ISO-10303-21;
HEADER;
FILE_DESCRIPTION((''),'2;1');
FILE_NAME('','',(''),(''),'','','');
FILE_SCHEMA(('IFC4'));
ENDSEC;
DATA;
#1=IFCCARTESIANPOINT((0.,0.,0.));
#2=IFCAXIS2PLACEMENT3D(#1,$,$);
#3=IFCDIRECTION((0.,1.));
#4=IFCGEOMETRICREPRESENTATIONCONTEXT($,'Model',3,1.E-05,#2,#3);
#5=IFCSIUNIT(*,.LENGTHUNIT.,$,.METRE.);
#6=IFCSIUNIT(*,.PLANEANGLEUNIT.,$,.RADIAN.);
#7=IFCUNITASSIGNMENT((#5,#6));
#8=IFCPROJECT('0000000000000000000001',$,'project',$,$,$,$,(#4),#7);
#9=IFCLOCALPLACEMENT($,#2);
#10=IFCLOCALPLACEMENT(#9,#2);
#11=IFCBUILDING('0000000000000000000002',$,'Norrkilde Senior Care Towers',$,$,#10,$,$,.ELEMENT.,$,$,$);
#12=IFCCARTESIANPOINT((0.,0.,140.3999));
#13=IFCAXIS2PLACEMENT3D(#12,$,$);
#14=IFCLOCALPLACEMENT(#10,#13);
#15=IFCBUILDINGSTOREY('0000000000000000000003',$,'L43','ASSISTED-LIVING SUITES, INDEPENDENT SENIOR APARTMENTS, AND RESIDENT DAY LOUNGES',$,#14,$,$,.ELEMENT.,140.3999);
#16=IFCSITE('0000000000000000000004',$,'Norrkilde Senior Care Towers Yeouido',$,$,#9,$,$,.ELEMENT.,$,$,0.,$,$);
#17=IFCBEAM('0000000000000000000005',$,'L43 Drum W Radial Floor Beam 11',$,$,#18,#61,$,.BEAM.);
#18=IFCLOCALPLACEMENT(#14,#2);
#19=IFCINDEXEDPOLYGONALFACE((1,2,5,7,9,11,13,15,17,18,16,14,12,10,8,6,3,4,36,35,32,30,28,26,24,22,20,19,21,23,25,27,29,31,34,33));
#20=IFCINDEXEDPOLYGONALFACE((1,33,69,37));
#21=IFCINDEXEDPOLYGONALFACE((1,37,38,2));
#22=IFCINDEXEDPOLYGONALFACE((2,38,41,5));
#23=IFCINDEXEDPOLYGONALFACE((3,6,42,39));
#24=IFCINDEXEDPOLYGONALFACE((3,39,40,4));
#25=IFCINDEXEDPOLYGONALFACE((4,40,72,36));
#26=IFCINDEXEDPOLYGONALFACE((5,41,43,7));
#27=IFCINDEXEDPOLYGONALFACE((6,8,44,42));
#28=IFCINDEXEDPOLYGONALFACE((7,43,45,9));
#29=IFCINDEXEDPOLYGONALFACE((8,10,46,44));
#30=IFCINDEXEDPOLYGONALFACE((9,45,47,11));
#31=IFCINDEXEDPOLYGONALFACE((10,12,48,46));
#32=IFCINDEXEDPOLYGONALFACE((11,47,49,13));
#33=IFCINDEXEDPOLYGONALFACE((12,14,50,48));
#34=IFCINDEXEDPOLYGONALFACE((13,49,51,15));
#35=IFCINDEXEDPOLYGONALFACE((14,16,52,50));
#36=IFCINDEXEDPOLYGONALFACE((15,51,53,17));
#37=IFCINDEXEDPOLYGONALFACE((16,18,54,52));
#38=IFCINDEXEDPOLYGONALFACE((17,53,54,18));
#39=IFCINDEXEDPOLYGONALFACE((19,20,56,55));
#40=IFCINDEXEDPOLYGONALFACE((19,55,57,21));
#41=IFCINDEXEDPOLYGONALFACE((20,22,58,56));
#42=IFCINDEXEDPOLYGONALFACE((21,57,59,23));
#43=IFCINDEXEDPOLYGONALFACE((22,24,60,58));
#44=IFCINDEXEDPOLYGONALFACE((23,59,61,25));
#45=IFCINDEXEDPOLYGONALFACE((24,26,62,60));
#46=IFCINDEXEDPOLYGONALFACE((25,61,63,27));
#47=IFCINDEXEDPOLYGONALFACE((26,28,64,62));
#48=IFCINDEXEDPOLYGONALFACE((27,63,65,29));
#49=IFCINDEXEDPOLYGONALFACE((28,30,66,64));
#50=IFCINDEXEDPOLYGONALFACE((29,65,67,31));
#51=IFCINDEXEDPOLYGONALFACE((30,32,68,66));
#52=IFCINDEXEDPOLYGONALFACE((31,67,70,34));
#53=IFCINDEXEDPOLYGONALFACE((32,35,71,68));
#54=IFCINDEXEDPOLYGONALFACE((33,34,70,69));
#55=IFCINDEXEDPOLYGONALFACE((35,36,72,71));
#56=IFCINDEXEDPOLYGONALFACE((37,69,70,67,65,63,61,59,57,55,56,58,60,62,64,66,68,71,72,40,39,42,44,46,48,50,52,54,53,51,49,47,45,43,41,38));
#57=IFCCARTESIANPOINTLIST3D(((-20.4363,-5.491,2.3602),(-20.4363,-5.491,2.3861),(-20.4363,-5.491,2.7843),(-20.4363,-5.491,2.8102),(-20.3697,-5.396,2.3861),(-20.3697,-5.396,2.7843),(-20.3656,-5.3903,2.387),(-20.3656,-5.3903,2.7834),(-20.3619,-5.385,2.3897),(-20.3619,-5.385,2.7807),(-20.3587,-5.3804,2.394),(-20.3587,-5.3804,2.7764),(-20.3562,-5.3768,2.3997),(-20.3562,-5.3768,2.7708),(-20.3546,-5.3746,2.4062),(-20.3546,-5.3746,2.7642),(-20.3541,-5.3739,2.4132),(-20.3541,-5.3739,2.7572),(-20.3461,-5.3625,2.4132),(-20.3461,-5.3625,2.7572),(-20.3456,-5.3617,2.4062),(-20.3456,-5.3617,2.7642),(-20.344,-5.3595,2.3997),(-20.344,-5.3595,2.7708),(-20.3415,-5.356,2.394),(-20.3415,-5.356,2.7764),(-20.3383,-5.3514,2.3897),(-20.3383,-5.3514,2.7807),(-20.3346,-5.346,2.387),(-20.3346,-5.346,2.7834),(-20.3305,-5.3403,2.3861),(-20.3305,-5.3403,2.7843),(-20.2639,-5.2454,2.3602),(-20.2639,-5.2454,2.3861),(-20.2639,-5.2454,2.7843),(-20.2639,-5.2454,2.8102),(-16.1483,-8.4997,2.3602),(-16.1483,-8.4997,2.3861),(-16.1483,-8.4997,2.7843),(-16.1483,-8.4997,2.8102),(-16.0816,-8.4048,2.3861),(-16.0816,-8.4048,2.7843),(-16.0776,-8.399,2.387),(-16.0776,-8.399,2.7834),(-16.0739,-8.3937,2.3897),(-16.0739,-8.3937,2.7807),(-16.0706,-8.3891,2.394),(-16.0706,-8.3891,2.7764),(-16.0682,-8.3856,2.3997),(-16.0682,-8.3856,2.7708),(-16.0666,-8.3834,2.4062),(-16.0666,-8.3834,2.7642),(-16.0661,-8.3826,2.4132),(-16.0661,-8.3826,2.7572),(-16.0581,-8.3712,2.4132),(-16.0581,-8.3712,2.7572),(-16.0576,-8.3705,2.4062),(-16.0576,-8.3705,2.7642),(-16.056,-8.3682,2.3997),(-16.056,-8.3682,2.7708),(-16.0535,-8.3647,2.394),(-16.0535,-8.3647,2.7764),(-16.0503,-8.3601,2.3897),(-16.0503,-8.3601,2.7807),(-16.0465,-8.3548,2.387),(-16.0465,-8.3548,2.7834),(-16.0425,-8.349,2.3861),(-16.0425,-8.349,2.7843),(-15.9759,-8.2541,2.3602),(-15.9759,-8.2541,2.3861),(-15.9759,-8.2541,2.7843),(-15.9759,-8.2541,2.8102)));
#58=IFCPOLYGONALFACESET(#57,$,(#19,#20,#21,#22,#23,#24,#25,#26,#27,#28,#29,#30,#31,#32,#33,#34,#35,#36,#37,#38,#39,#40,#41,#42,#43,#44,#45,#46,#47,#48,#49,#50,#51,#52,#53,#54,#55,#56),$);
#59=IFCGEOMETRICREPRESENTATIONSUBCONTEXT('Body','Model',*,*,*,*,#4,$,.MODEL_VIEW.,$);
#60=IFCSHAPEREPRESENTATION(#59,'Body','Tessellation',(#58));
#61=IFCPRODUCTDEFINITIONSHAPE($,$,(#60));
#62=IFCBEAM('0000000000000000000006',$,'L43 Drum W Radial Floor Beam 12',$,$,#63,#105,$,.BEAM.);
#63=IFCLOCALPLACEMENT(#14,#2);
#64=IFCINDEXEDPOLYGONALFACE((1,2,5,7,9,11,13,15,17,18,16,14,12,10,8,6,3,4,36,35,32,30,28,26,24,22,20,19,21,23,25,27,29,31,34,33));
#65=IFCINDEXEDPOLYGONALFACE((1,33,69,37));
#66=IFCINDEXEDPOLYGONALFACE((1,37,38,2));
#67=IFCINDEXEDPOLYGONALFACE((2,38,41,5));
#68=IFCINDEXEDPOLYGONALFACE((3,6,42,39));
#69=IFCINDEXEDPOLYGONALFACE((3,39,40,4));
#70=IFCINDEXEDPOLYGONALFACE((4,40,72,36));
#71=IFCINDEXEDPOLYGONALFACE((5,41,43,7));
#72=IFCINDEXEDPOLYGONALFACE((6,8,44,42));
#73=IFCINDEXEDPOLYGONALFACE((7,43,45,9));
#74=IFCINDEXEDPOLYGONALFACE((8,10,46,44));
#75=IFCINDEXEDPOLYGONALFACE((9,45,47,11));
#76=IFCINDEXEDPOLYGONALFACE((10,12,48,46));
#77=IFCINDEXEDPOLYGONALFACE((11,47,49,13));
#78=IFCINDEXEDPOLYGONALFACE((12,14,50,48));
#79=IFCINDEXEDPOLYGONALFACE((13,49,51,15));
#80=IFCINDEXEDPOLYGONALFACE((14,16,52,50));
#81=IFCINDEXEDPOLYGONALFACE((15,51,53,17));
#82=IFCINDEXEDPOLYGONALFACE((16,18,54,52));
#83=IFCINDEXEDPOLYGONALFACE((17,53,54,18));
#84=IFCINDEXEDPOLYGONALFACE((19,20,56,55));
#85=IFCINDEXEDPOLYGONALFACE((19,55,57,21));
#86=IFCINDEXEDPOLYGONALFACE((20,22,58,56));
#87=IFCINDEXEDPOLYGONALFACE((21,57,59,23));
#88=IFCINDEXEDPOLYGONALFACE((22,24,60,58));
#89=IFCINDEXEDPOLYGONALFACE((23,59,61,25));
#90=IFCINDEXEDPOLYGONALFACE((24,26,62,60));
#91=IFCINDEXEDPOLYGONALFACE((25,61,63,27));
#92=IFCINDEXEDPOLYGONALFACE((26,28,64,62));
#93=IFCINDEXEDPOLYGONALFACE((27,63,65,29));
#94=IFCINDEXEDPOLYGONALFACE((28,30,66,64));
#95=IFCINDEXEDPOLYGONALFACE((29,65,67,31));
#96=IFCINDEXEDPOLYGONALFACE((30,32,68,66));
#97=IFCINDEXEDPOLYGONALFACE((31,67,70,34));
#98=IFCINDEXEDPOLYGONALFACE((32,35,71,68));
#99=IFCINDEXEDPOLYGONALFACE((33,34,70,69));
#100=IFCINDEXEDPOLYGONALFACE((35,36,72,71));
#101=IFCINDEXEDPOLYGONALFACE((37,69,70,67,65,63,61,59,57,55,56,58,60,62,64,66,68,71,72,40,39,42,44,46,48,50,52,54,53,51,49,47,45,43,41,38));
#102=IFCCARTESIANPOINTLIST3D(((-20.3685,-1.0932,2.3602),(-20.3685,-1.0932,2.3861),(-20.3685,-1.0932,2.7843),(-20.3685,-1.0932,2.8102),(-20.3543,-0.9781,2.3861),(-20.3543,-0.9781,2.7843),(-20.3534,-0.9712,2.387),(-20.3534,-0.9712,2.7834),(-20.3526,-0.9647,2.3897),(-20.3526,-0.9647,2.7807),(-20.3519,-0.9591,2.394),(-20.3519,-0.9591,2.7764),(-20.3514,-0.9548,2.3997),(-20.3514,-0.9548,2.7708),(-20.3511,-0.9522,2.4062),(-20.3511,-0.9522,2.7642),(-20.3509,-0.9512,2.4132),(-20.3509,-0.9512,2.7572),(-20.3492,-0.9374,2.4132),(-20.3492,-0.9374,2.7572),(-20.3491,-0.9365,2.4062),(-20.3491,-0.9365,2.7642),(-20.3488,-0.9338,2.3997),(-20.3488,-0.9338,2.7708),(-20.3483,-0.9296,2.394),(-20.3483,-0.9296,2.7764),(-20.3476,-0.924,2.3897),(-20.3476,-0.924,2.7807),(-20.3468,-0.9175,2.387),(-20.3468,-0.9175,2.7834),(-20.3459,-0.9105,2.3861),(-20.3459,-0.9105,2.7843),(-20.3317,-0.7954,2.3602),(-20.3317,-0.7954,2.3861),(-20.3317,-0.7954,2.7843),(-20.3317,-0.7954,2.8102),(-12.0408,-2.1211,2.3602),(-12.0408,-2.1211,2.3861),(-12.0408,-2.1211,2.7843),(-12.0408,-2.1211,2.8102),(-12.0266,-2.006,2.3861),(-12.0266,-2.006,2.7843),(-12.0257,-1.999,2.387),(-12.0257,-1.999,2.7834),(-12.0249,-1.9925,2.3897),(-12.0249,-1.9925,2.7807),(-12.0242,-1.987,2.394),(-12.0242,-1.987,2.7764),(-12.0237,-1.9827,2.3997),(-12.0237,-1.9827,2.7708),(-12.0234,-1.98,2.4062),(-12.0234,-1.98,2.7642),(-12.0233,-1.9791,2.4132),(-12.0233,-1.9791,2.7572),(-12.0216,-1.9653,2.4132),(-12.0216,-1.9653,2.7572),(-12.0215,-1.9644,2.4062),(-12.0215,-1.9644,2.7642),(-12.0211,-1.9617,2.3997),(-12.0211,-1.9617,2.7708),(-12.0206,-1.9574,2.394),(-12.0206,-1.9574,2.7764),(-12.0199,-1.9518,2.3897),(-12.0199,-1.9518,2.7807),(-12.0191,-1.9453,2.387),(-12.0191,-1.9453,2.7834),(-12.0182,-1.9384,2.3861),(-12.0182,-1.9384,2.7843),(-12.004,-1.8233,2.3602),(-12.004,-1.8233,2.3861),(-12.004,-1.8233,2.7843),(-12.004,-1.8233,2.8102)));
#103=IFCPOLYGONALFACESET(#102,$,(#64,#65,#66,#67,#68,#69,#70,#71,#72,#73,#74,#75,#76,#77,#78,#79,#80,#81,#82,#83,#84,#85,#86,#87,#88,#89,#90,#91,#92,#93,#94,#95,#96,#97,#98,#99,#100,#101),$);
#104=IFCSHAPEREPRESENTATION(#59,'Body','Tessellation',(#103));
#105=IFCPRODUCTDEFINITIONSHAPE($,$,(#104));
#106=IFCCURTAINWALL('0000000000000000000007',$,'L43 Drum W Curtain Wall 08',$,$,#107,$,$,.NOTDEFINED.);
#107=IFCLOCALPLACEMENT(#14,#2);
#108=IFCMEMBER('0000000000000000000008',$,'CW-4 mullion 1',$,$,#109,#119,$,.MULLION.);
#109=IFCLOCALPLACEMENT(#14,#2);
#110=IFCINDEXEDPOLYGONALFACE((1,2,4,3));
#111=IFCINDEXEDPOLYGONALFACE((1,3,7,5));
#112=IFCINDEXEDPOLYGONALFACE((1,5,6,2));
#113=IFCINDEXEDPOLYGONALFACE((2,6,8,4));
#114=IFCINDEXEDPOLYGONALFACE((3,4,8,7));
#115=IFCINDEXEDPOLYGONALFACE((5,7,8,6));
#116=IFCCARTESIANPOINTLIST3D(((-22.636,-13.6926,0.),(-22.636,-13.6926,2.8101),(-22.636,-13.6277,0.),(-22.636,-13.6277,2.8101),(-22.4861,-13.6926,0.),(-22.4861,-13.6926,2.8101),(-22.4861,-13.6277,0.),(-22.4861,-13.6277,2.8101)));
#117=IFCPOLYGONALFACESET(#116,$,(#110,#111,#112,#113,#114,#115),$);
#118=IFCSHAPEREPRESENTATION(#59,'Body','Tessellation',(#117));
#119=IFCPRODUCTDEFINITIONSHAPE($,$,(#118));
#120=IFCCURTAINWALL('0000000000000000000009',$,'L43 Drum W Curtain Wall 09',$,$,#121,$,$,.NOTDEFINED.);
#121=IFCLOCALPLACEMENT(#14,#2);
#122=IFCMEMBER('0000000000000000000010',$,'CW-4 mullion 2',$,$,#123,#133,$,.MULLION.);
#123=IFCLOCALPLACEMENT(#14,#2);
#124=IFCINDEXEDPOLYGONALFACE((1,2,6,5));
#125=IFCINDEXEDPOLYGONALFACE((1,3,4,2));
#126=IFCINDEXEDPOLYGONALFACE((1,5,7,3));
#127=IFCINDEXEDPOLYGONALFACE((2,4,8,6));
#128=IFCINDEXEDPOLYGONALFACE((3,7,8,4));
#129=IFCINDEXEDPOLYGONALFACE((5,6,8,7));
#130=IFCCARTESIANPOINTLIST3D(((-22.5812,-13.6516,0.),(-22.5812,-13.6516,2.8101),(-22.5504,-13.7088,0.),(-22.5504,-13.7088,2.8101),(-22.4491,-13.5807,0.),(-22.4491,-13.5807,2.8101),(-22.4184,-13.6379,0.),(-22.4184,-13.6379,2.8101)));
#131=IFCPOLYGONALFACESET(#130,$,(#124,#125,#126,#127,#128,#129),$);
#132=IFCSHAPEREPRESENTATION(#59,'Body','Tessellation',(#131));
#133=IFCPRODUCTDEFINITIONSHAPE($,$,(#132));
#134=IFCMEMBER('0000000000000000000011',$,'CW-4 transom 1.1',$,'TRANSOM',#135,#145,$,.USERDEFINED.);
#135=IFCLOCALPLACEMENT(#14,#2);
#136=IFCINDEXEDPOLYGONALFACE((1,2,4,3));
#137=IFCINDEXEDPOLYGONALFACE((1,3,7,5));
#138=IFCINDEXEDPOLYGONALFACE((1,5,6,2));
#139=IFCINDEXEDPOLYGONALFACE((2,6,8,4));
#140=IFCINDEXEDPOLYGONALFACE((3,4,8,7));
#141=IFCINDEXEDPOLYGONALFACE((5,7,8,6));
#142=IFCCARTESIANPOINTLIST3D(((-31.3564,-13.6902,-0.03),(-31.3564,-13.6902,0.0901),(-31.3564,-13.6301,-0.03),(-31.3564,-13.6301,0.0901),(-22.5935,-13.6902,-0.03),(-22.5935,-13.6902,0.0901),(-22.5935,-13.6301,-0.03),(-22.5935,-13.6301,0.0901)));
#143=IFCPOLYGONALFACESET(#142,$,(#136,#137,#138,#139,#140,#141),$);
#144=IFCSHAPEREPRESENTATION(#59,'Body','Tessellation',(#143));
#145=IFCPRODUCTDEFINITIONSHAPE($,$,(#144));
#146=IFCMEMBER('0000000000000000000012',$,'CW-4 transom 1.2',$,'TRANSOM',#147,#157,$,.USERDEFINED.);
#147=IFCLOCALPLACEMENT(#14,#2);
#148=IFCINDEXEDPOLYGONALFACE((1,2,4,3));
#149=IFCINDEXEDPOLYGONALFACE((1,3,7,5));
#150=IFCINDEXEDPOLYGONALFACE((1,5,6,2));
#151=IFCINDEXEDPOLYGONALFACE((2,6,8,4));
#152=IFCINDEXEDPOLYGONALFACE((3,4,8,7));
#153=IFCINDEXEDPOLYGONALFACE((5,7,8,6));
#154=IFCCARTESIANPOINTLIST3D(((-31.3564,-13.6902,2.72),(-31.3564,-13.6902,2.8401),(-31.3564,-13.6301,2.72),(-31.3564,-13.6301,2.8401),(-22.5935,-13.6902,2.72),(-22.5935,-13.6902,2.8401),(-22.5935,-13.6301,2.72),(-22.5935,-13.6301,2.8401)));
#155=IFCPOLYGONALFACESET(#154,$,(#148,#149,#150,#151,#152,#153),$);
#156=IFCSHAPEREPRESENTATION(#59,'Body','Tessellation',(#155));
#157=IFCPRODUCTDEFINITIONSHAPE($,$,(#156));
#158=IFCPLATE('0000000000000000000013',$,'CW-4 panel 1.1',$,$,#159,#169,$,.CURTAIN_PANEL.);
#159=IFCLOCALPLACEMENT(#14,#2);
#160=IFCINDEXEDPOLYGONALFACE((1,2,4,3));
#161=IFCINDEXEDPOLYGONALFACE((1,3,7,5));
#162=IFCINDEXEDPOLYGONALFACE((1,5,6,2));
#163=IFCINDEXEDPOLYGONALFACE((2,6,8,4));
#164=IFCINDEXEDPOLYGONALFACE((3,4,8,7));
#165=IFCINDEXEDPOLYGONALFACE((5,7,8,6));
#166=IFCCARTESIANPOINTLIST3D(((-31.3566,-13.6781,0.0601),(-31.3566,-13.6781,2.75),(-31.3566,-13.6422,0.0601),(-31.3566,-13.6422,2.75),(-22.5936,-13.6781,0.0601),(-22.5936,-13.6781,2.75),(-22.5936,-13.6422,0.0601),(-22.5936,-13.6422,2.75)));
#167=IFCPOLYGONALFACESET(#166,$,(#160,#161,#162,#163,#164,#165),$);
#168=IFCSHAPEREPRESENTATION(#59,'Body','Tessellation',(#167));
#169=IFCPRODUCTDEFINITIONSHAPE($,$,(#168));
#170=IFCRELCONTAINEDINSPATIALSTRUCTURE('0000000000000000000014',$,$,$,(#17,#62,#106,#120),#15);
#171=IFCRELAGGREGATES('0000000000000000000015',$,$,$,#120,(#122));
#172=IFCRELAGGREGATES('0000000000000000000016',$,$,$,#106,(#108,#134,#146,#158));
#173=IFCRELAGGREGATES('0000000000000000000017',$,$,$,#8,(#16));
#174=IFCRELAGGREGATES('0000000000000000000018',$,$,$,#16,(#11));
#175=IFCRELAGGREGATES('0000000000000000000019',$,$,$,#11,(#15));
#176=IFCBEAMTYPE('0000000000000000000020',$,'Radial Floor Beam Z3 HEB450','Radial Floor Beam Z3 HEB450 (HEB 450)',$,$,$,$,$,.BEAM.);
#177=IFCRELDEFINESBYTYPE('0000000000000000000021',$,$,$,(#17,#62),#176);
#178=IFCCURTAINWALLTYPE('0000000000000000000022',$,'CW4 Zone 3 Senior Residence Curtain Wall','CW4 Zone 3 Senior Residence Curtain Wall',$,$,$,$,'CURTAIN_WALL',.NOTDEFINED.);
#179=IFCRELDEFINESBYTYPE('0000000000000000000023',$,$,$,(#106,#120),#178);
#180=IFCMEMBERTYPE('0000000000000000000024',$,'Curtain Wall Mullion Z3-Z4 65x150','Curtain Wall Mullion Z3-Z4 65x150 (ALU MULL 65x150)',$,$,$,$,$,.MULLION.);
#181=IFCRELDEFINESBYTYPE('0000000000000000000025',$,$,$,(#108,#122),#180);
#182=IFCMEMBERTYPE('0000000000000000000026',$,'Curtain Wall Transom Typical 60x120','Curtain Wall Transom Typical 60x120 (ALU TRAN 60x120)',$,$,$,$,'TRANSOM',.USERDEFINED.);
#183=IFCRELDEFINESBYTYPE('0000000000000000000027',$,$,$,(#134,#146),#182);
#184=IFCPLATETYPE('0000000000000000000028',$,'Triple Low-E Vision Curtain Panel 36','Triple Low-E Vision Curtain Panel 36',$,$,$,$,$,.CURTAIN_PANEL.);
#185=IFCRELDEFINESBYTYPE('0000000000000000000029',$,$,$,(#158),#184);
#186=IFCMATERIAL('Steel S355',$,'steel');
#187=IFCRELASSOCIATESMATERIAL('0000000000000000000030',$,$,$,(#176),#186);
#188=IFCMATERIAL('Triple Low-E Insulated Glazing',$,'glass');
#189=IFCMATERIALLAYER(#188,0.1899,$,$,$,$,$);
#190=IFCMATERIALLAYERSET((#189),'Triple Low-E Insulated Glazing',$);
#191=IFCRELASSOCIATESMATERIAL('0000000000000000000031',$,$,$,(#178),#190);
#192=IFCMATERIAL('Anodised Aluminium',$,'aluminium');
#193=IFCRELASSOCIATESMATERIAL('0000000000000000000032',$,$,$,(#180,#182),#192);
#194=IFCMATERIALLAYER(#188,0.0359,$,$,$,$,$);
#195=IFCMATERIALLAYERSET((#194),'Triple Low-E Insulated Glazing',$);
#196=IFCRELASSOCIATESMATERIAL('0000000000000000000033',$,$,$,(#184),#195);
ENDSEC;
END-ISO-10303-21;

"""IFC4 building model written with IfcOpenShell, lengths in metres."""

from ifc_helpers import new_model, si_unit, direction, frame, origin, origin_2d, place, context, subcontext, project, spatial, rectangle, i_section, extrude, source, transform, mapped, material, layer, layer_set, material_profile, profile_set, type_object, type_shapes, element, aggregate, save


model = new_model("IFC4")

# Units and contexts
model_context = context("Model", 3, precision=1e-05, world=origin(), true_north=direction((0.0, 1.0)))
body_context = subcontext(model_context, "Body", "Model", "MODEL_VIEW")
ifc_project = project(units=[si_unit("LENGTHUNIT", "METRE"), si_unit("PLANEANGLEUNIT", "RADIAN")], contexts=[model_context])

# Site, building, storey
site_placement = place(None, origin())
site = spatial("IfcSite", under=ifc_project, at=site_placement, Name="Norrkilde Senior Care Towers Yeouido", CompositionType="ELEMENT", RefElevation=0.0)
building_placement = place(site_placement, origin())
building = spatial("IfcBuilding", under=site, at=building_placement, Name="Norrkilde Senior Care Towers", CompositionType="ELEMENT")
storey_placement = place(building_placement, frame((0.0, 0.0, 140.3999)))
storey = spatial("IfcBuildingStorey", under=building, at=storey_placement, Name="L43", Description="ASSISTED-LIVING SUITES, INDEPENDENT SENIOR APARTMENTS, AND RESIDENT DAY LOUNGES", CompositionType="ELEMENT", Elevation=140.3999)

# Beams
ifc_material_1 = material(Name="Steel S355", Category="steel")
ifc_material_profile_1 = material_profile(ifc_material_1, i_section(OverallWidth=0.3, OverallDepth=0.45, WebThickness=0.0139, FlangeThickness=0.0259, FilletRadius=0.0271, at=origin_2d()), Name="HEB 450")
ifc_profile_set_1 = profile_set([ifc_material_profile_1], Name="Steel S355")
beam_type_1 = type_object("IfcBeamType", Name="Radial Floor Beam Z3 HEB450", Description="Radial Floor Beam Z3 HEB450 (HEB 450)", PredefinedType="BEAM", material=ifc_profile_set_1)
shared_shape_1 = source(origin(), body_context, "Body", "SweptSolid", [
    extrude(i_section(OverallWidth=0.3, OverallDepth=0.45, WebThickness=0.0139, FlangeThickness=0.0259, FilletRadius=0.0271, at=origin_2d()), origin(), (0.0, 0.0, 1.0), 5.2383),
])
beam_1_placement = place(storey_placement, frame((-20.3501, -5.3682, 2.5852), z_axis=(0.818592, -0.574375, 0.0), x_axis=(0.574375, 0.818592, 0.0)))
element("IfcBeam", 1, at=beam_1_placement, inside=storey, type_object=beam_type_1, Name="L43 Drum W Radial Floor Beam 11", PredefinedType="BEAM", context=body_context, shape_type="MappedRepresentation", body=[
    mapped(shared_shape_1, transform((0.0, 0.0, 0.0), x_axis=(1.0, 0.0, 0.0), y_axis=(0.0, 1.0, 0.0), z_axis=(0.0, 0.0, 1.0), scale=1.0)),
])
shared_shape_2 = source(origin(), body_context, "Body", "SweptSolid", [
    extrude(i_section(OverallWidth=0.3, OverallDepth=0.45, WebThickness=0.0139, FlangeThickness=0.0259, FilletRadius=0.0271, at=origin_2d()), origin(), (0.0, 0.0, 1.0), 8.3909),
])
beam_2_placement = place(storey_placement, frame((-20.3501, -0.9443, 2.5852), z_axis=(0.992469, -0.122495, 0.0), x_axis=(0.122495, 0.992469, 0.0)))
element("IfcBeam", 2, at=beam_2_placement, inside=storey, type_object=beam_type_1, Name="L43 Drum W Radial Floor Beam 12", PredefinedType="BEAM", context=body_context, shape_type="MappedRepresentation", body=[
    mapped(shared_shape_2, transform((0.0, 0.0, 0.0), x_axis=(1.0, 0.0, 0.0), y_axis=(0.0, 1.0, 0.0), z_axis=(0.0, 0.0, 1.0), scale=1.0)),
])

# Curtain walls, members
ifc_material_2 = material(Name="Triple Low-E Insulated Glazing", Category="glass")
ifc_layer_1 = layer(ifc_material_2, 0.1899)
ifc_layer_set_1 = layer_set([ifc_layer_1], Name="Triple Low-E Insulated Glazing")
curtain_wall_type = type_object("IfcCurtainWallType", Name="CW4 Zone 3 Senior Residence Curtain Wall", Description="CW4 Zone 3 Senior Residence Curtain Wall", ElementType="CURTAIN_WALL", PredefinedType="NOTDEFINED", material=ifc_layer_set_1)
curtain_wall_1_placement = place(storey_placement, origin())
curtain_wall_1 = element("IfcCurtainWall", 3, at=curtain_wall_1_placement, inside=storey, type_object=curtain_wall_type, Name="L43 Drum W Curtain Wall 08", PredefinedType="NOTDEFINED")
ifc_material_3 = material(Name="Anodised Aluminium", Category="aluminium")
ifc_material_profile_2 = material_profile(ifc_material_3, rectangle(XDim=0.0649, YDim=0.1499, at=origin_2d()), Name="ALU MULL 65x150")
ifc_profile_set_2 = profile_set([ifc_material_profile_2], Name="Anodised Aluminium")
member_type_1 = type_object("IfcMemberType", Name="Curtain Wall Mullion Z3-Z4 65x150", Description="Curtain Wall Mullion Z3-Z4 65x150 (ALU MULL 65x150)", PredefinedType="MULLION", material=ifc_profile_set_2)
shared_shape_3 = source(origin(), body_context, "Body", "SweptSolid", [
    extrude(rectangle(XDim=0.0649, YDim=0.1499, at=origin_2d()), origin(), (0.0, 0.0, 1.0), 2.8101),
])
type_shapes(member_type_1, [shared_shape_3])
member_1_placement = place(storey_placement, frame((-22.561, -13.6602, 0.0), z_axis=(0.0, 0.0, 1.0), x_axis=(0.0, -1.0, 0.0)))
member_1 = element("IfcMember", 4, at=member_1_placement, type_object=member_type_1, Name="CW-4 mullion 1", PredefinedType="MULLION", context=body_context, shape_type="MappedRepresentation", body=[
    mapped(shared_shape_3, transform((0.0, 0.0, 0.0), x_axis=(1.0, 0.0, 0.0), y_axis=(0.0, 1.0, 0.0), z_axis=(0.0, 0.0, 1.0), scale=1.0)),
])
curtain_wall_2_placement = place(storey_placement, origin())
curtain_wall_2 = element("IfcCurtainWall", 5, at=curtain_wall_2_placement, inside=storey, type_object=curtain_wall_type, Name="L43 Drum W Curtain Wall 09", PredefinedType="NOTDEFINED")
member_2_placement = place(storey_placement, frame((-22.4998, -13.6448, 0.0), z_axis=(0.0, 0.0, 1.0), x_axis=(0.473117, -0.881, 0.0)))
member_2 = element("IfcMember", 6, at=member_2_placement, type_object=member_type_1, Name="CW-4 mullion 2", PredefinedType="MULLION", context=body_context, shape_type="MappedRepresentation", body=[
    mapped(shared_shape_3, transform((0.0, 0.0, 0.0), x_axis=(1.0, 0.0, 0.0), y_axis=(0.0, 1.0, 0.0), z_axis=(0.0, 0.0, 1.0), scale=1.0)),
])
aggregate(curtain_wall_2, [member_2])

# Members
ifc_material_profile_3 = material_profile(ifc_material_3, rectangle(XDim=0.0601, YDim=0.1201, at=origin_2d()), Name="ALU TRAN 60x120")
ifc_profile_set_3 = profile_set([ifc_material_profile_3], Name="Anodised Aluminium")
member_type_2 = type_object("IfcMemberType", Name="Curtain Wall Transom Typical 60x120", Description="Curtain Wall Transom Typical 60x120 (ALU TRAN 60x120)", ElementType="TRANSOM", PredefinedType="USERDEFINED", material=ifc_profile_set_3)
shared_shape_4 = source(origin(), body_context, "Body", "SweptSolid", [
    extrude(rectangle(XDim=0.0601, YDim=0.1201, at=origin_2d()), origin(), (0.0, 0.0, 1.0), 8.7629),
])
type_shapes(member_type_2, [shared_shape_4])
member_3_placement = place(storey_placement, frame((-22.5935, -13.6602, 0.03), z_axis=(-1.0, 0.0, 0.0), x_axis=(0.0, -1.0, 0.0)))
member_3 = element("IfcMember", 7, at=member_3_placement, type_object=member_type_2, Name="CW-4 transom 1.1", ObjectType="TRANSOM", PredefinedType="USERDEFINED", context=body_context, shape_type="MappedRepresentation", body=[
    mapped(shared_shape_4, transform((0.0, 0.0, 0.0), x_axis=(1.0, 0.0, 0.0), y_axis=(0.0, 1.0, 0.0), z_axis=(0.0, 0.0, 1.0), scale=1.0)),
])
member_4_placement = place(storey_placement, frame((-22.5935, -13.6602, 2.78), z_axis=(-1.0, 0.0, 0.0), x_axis=(0.0, -1.0, 0.0)))
member_4 = element("IfcMember", 8, at=member_4_placement, type_object=member_type_2, Name="CW-4 transom 1.2", ObjectType="TRANSOM", PredefinedType="USERDEFINED", context=body_context, shape_type="MappedRepresentation", body=[
    mapped(shared_shape_4, transform((0.0, 0.0, 0.0), x_axis=(1.0, 0.0, 0.0), y_axis=(0.0, 1.0, 0.0), z_axis=(0.0, 0.0, 1.0), scale=1.0)),
])

# Plate
ifc_layer_2 = layer(ifc_material_2, 0.0359)
ifc_layer_set_2 = layer_set([ifc_layer_2], Name="Triple Low-E Insulated Glazing")
plate_type = type_object("IfcPlateType", Name="Triple Low-E Vision Curtain Panel 36", Description="Triple Low-E Vision Curtain Panel 36", PredefinedType="CURTAIN_PANEL", material=ifc_layer_set_2)
shared_shape_5 = source(origin(), body_context, "Body", "SweptSolid", [
    extrude(rectangle(XDim=8.7629, YDim=0.0359, at=origin_2d()), origin(), (0.0, 0.0, 1.0), 2.6899),
])
type_shapes(plate_type, [shared_shape_5])
plate_placement = place(storey_placement, frame((-26.9751, -13.6602, 0.0601), z_axis=(0.0, 0.0, 1.0), x_axis=(-1.0, 0.0, 0.0)))
plate = element("IfcPlate", 9, at=plate_placement, type_object=plate_type, Name="CW-4 panel 1.1", PredefinedType="CURTAIN_PANEL", context=body_context, shape_type="MappedRepresentation", body=[
    mapped(shared_shape_5, transform((0.0, 0.0, 0.0), x_axis=(1.0, 0.0, 0.0), y_axis=(0.0, 1.0, 0.0), z_axis=(0.0, 0.0, 1.0), scale=1.0)),
])
aggregate(curtain_wall_1, [member_1, member_3, member_4, plate])

save(model, "model.ifc")
